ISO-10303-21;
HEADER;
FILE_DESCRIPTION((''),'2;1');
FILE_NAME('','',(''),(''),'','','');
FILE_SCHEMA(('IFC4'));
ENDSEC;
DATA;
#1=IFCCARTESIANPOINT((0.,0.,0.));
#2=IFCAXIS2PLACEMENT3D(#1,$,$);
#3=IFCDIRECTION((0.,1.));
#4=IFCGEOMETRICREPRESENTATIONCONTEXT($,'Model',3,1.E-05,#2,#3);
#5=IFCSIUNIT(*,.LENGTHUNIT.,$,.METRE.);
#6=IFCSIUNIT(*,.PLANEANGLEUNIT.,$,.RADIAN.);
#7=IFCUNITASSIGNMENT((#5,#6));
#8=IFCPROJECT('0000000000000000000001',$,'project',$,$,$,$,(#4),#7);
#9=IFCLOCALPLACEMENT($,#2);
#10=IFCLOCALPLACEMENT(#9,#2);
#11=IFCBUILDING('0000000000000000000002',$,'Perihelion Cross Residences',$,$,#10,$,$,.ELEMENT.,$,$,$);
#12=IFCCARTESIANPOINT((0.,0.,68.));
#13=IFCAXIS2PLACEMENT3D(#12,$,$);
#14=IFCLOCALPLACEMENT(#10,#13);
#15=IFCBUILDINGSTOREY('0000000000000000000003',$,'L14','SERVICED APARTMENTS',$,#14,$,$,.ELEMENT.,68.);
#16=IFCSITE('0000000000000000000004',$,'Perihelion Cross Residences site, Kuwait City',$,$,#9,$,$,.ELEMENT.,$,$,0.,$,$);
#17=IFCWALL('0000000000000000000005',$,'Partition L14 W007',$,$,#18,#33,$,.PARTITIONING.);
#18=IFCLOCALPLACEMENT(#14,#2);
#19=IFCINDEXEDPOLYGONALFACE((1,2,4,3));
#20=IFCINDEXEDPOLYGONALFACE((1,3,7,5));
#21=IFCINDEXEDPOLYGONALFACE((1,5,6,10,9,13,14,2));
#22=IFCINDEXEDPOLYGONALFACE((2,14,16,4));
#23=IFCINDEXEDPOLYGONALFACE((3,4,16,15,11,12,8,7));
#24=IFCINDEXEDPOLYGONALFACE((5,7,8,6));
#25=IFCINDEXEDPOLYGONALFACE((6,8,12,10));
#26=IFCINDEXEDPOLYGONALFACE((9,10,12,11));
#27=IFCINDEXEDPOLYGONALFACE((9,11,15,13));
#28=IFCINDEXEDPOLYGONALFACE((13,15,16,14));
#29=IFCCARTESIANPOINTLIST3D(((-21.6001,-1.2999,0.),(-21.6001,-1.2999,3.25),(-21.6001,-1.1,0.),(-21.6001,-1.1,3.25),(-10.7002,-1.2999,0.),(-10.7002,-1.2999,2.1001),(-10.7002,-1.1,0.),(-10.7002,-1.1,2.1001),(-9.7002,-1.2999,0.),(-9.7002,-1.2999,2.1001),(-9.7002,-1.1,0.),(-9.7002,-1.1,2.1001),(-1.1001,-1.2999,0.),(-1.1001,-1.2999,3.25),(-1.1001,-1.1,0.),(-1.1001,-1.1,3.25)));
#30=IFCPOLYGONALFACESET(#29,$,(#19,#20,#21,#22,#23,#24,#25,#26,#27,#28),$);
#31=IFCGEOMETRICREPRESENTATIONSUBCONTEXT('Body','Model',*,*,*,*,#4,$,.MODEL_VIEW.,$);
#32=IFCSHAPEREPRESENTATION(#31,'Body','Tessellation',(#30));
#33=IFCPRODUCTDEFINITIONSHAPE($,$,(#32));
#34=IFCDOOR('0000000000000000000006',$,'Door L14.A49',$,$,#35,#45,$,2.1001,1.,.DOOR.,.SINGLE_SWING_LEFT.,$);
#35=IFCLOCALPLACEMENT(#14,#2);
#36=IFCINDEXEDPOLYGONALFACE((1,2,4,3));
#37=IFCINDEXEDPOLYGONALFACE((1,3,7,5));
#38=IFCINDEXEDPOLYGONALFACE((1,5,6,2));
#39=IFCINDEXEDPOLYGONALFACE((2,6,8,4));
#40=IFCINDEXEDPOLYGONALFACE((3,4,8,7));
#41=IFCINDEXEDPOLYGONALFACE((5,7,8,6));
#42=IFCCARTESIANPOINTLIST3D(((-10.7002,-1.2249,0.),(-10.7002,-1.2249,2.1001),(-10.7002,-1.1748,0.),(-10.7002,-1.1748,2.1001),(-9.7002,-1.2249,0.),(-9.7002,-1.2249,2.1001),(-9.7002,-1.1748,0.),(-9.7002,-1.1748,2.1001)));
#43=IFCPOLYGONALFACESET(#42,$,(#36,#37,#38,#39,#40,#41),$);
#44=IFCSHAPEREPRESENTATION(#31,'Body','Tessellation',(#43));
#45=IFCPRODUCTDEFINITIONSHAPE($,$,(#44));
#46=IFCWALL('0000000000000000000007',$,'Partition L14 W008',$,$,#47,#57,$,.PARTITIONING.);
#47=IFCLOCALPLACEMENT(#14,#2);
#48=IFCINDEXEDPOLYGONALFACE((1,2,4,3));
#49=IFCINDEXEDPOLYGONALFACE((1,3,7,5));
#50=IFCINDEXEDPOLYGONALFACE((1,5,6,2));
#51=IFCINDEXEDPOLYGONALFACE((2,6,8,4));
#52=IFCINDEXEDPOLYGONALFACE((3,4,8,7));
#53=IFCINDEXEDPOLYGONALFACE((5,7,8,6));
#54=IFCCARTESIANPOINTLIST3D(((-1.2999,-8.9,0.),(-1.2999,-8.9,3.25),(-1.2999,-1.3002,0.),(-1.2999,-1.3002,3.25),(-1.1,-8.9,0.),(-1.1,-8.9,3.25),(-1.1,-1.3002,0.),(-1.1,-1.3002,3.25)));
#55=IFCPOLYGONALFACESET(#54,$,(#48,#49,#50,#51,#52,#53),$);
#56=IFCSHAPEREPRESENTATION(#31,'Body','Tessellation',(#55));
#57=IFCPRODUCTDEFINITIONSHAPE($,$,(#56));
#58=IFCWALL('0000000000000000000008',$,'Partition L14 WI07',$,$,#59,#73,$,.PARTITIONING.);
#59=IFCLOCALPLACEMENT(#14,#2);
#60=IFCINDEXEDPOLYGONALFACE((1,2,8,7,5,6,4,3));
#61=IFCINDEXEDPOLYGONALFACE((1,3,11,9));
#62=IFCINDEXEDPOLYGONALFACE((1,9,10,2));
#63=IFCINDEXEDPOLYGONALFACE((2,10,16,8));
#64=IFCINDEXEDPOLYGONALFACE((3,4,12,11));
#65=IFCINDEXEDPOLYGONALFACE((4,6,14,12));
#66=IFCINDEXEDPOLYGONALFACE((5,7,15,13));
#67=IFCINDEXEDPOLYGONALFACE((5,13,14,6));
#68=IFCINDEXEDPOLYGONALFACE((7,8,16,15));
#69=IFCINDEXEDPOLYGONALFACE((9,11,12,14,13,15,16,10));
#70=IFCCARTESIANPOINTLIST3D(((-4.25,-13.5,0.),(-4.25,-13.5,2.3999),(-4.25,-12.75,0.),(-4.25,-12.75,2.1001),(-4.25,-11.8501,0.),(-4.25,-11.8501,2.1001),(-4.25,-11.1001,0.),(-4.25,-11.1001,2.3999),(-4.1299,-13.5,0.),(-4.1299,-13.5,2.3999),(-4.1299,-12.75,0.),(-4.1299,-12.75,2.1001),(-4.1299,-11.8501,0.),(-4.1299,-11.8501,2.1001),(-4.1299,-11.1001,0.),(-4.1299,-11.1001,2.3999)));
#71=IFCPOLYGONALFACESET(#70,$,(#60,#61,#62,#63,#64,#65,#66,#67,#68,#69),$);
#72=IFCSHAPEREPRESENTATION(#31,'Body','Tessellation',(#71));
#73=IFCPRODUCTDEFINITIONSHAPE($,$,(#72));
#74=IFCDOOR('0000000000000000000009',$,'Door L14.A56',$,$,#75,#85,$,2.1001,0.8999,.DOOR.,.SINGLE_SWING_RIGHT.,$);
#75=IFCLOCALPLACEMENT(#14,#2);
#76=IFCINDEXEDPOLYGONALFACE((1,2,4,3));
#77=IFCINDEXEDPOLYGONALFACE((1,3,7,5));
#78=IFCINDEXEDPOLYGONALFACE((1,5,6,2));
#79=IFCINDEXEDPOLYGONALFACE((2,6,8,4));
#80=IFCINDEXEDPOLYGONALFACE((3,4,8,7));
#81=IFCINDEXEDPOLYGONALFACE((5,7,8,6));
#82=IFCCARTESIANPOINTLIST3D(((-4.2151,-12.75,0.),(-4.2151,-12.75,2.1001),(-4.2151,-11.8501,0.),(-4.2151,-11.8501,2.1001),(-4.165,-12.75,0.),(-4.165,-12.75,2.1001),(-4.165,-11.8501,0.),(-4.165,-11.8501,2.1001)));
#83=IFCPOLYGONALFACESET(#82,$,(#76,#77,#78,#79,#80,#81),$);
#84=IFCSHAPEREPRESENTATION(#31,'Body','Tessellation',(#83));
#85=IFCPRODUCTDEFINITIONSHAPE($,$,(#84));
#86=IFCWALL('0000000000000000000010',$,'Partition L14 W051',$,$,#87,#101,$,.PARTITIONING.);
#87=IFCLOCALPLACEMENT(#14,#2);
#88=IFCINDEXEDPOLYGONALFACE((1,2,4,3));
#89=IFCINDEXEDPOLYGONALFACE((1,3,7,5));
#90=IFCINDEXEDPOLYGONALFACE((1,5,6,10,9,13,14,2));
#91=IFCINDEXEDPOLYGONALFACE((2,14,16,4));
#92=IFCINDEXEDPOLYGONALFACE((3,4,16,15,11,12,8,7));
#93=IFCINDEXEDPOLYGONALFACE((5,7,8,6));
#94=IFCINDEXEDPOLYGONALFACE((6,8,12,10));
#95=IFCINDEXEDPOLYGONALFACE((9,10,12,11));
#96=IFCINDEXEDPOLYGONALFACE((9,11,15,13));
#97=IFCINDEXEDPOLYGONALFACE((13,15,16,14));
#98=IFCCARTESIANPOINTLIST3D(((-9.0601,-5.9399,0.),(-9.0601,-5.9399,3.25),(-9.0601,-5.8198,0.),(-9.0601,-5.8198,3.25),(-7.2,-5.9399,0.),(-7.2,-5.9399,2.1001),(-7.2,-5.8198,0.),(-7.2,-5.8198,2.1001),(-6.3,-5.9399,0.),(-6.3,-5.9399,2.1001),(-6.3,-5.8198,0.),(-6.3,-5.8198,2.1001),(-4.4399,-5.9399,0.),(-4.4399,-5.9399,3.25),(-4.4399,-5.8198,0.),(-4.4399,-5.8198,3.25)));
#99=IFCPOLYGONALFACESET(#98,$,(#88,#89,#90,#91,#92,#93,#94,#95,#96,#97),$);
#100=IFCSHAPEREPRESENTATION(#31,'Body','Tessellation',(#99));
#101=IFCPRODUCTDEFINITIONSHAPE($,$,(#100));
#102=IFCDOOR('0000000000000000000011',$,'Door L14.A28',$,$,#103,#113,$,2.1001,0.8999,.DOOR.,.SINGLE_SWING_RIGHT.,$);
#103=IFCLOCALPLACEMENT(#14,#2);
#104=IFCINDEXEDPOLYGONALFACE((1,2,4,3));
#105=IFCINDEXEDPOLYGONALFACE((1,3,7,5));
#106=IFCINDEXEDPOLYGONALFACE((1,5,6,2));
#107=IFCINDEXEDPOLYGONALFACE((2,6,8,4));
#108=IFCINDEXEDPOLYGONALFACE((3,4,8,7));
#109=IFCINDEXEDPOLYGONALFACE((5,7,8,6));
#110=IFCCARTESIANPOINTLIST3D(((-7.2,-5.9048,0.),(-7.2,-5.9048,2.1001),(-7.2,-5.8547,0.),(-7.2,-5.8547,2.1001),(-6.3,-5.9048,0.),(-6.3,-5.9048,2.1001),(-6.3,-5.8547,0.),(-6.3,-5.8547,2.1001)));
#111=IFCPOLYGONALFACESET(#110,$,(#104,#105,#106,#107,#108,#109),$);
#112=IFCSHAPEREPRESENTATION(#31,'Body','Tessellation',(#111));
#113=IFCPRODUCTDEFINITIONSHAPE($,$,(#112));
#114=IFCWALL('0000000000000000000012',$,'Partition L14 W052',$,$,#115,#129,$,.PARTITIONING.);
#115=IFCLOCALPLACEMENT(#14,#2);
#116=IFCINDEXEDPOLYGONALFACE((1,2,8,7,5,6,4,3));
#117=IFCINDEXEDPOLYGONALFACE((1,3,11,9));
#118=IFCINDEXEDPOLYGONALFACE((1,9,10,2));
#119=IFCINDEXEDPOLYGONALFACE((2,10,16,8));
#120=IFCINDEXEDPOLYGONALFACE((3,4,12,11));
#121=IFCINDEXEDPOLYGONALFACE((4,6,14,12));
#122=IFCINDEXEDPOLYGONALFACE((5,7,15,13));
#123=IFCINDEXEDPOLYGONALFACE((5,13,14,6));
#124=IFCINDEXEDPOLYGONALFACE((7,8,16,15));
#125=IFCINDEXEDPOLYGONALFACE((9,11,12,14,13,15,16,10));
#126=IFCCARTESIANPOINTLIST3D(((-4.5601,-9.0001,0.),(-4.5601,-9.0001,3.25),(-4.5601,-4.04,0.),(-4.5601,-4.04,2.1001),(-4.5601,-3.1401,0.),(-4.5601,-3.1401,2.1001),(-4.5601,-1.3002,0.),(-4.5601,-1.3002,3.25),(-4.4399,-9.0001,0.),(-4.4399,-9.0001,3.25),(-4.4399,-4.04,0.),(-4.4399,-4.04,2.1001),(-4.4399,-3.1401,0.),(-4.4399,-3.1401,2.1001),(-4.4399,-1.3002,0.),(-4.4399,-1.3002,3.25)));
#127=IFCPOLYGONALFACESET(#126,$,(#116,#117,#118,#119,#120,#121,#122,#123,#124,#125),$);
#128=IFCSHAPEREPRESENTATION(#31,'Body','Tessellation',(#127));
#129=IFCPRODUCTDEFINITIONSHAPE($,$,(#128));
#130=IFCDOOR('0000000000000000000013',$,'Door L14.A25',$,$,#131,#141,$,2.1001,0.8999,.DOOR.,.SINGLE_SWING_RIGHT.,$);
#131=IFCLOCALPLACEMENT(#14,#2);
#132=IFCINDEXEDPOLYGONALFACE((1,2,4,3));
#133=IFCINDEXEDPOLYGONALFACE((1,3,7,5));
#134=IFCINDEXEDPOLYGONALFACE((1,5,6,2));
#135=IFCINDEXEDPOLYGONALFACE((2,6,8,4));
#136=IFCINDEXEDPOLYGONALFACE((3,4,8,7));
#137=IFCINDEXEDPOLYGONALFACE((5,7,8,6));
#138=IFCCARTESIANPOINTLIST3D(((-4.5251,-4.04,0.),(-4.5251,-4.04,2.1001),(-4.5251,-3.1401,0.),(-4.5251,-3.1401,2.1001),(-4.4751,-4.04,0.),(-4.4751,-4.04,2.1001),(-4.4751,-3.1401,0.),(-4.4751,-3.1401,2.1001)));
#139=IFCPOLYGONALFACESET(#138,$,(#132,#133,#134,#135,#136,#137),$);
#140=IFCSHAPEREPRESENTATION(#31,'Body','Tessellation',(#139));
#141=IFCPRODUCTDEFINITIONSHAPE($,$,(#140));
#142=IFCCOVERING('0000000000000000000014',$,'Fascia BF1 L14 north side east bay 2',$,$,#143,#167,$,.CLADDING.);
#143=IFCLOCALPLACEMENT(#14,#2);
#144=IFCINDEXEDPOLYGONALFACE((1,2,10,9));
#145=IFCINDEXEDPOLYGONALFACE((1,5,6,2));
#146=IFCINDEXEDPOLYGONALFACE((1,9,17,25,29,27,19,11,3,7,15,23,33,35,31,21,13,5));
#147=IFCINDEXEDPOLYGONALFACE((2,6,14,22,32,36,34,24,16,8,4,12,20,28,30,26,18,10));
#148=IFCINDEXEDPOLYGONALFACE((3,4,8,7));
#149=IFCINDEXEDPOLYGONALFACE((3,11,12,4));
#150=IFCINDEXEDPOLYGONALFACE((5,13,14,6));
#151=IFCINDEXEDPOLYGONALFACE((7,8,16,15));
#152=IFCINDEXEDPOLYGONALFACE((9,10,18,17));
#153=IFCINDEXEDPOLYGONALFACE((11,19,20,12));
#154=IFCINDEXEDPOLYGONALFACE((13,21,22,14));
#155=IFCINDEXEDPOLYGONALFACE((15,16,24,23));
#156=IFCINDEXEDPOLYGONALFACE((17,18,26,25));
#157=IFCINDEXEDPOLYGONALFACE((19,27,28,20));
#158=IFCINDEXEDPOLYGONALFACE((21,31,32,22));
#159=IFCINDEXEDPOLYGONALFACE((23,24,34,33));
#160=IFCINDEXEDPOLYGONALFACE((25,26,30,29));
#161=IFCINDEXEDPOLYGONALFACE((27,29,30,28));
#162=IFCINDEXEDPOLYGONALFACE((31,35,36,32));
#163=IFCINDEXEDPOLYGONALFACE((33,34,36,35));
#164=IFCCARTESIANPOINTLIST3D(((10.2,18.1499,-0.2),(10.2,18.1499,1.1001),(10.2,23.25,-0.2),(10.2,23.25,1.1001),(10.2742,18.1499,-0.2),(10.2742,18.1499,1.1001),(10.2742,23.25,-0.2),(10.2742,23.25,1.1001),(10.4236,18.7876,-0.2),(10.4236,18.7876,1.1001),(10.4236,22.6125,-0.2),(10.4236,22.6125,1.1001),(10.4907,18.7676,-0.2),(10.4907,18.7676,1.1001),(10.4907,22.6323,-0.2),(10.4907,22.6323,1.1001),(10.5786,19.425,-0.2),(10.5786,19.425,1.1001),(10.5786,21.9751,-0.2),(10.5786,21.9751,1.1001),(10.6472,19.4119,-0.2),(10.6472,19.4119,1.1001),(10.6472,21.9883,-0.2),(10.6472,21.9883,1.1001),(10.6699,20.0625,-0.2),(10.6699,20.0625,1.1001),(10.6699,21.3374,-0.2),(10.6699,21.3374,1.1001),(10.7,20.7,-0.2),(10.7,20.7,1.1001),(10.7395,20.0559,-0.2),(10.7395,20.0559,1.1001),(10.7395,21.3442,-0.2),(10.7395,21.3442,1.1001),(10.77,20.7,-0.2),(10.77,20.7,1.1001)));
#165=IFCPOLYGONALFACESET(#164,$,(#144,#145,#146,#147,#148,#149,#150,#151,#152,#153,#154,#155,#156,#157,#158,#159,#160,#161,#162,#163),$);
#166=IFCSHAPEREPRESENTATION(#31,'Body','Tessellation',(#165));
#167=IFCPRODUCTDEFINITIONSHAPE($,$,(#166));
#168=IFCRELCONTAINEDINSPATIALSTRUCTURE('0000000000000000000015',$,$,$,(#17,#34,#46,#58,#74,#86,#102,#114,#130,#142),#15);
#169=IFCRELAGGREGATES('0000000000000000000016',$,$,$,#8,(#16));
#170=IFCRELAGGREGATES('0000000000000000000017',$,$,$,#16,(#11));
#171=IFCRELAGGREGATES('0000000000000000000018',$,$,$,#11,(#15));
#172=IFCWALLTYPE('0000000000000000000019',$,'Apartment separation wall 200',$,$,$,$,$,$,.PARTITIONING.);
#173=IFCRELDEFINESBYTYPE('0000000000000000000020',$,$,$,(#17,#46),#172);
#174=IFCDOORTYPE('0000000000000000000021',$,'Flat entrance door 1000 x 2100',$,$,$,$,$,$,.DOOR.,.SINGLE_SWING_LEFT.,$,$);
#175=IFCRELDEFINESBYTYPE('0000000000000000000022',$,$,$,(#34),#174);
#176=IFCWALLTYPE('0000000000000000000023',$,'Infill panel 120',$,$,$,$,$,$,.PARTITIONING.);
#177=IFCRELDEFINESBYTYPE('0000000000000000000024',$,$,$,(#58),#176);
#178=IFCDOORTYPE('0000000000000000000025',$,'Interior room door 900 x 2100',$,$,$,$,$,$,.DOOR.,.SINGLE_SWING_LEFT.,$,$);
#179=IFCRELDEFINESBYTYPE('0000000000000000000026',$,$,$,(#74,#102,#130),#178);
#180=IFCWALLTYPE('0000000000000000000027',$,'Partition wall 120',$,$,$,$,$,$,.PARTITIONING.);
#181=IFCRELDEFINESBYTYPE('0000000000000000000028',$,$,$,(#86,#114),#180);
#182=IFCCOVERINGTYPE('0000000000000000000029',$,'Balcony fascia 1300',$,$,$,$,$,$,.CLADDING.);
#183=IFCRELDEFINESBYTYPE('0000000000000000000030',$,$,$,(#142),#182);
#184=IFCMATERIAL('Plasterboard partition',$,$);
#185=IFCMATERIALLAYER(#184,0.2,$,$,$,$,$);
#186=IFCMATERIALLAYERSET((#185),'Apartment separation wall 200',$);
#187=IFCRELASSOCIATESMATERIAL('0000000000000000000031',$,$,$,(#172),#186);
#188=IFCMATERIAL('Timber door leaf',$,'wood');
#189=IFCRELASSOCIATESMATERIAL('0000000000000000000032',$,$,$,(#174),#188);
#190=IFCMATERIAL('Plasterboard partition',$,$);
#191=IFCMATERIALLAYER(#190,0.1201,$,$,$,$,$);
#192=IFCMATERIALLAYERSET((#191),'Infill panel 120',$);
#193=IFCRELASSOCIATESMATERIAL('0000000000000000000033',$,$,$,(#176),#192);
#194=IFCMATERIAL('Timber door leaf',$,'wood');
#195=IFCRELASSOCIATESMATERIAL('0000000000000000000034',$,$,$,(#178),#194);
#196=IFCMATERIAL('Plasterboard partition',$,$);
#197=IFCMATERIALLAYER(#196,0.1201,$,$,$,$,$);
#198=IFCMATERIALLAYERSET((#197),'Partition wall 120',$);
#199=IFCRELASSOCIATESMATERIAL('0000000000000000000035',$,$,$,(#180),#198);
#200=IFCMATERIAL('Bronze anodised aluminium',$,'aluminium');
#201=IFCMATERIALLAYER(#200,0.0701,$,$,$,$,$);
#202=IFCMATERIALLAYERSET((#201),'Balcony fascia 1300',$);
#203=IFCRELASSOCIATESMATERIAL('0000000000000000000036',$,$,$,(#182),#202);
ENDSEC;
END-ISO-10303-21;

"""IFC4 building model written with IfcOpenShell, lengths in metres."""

from ifc_helpers import new_model, si_unit, direction, frame, frame_2d, origin, place, context, subcontext, project, spatial, polyline, rectangle, outline, extrude, material, layer, layer_set, type_object, element, fill, save


model = new_model("IFC4")

# Units and contexts
model_context = context("Model", 3, precision=1e-05, world=origin(), true_north=direction((0.0, 1.0)))
body_context = subcontext(model_context, "Body", "Model", "MODEL_VIEW")
ifc_project = project(units=[si_unit("LENGTHUNIT", "METRE"), si_unit("PLANEANGLEUNIT", "RADIAN")], contexts=[model_context])

# Site, building, storey
site_placement = place(None, origin())
site = spatial("IfcSite", under=ifc_project, at=site_placement, Name="Perihelion Cross Residences site, Kuwait City", CompositionType="ELEMENT", RefElevation=0.0)
building_placement = place(site_placement, origin())
building = spatial("IfcBuilding", under=site, at=building_placement, Name="Perihelion Cross Residences", CompositionType="ELEMENT")
storey_placement = place(building_placement, frame((0.0, 0.0, 68.0)))
storey = spatial("IfcBuildingStorey", under=building, at=storey_placement, Name="L14", Description="SERVICED APARTMENTS", CompositionType="ELEMENT", Elevation=68.0)

# Wall, opening, door
ifc_material_1 = material(Name="Plasterboard partition")
ifc_layer_1 = layer(ifc_material_1, 0.2)
ifc_layer_set_1 = layer_set([ifc_layer_1], Name="Apartment separation wall 200")
wall_type_1 = type_object("IfcWallType", Name="Apartment separation wall 200", PredefinedType="PARTITIONING", material=ifc_layer_set_1)
wall_1_placement = place(storey_placement, frame((-1.1001, -1.2, 0.0), z_axis=(0.0, 0.0, 1.0), x_axis=(-1.0, 0.0, 0.0)))
wall_1 = element("IfcWall", 1, at=wall_1_placement, inside=storey, type_object=wall_type_1, Name="Partition L14 W007", PredefinedType="PARTITIONING", context=body_context, shape_type="SweptSolid", body=[
    extrude(rectangle(XDim=20.5, YDim=0.2, at=frame_2d((10.25, 0.0))), origin(), (0.0, 0.0, 1.0), 3.25),
])
opening_1_placement = place(wall_1_placement, frame((8.6001, 0.0, 0.0)))
opening_1 = element("IfcOpeningElement", 2, at=opening_1_placement, cuts=wall_1, PredefinedType="OPENING", context=body_context, shape_type="SweptSolid", body=[
    extrude(rectangle(XDim=1.0, YDim=2.1001, at=frame_2d((0.5, 1.05))), frame((0.0, 0.1099, 0.0), z_axis=(0.0, -1.0, 0.0), x_axis=(1.0, 0.0, 0.0)), (0.0, 0.0, 1.0), 0.22),
])
ifc_material_2 = material(Name="Timber door leaf", Category="wood")
door_type_1 = type_object("IfcDoorType", Name="Flat entrance door 1000 x 2100", OperationType="SINGLE_SWING_LEFT", PredefinedType="DOOR", material=ifc_material_2)
door_1_placement = place(opening_1_placement, origin())
door_1 = element("IfcDoor", 3, at=door_1_placement, inside=storey, type_object=door_type_1, Name="Door L14.A49", OperationType="SINGLE_SWING_LEFT", OverallHeight=2.1001, OverallWidth=1.0, PredefinedType="DOOR", context=body_context, shape_type="SweptSolid", body=[
    extrude(rectangle(XDim=1.0, YDim=2.1001, at=frame_2d((0.5, 1.05))), frame((0.0, 0.0249, 0.0), z_axis=(0.0, -1.0, 0.0), x_axis=(1.0, 0.0, 0.0)), (0.0, 0.0, 1.0), 0.05),
])
fill(opening_1, door_1)

# Wall
wall_2_placement = place(storey_placement, frame((-1.2, -8.8999, 0.0), z_axis=(0.0, 0.0, 1.0), x_axis=(0.0, 1.0, 0.0)))
element("IfcWall", 4, at=wall_2_placement, inside=storey, type_object=wall_type_1, Name="Partition L14 W008", PredefinedType="PARTITIONING", context=body_context, shape_type="SweptSolid", body=[
    extrude(rectangle(XDim=7.5999, YDim=0.2, at=frame_2d((3.7998, 0.0))), origin(), (0.0, 0.0, 1.0), 3.25),
])

# Walls, openings, doors
ifc_material_3 = material(Name="Plasterboard partition")
ifc_layer_2 = layer(ifc_material_3, 0.1201)
ifc_layer_set_2 = layer_set([ifc_layer_2], Name="Infill panel 120")
wall_type_2 = type_object("IfcWallType", Name="Infill panel 120", PredefinedType="PARTITIONING", material=ifc_layer_set_2)
wall_3_placement = place(storey_placement, frame((-4.1899, -11.1001, 0.0), z_axis=(0.0, 0.0, 1.0), x_axis=(0.0, -1.0, 0.0)))
wall_3 = element("IfcWall", 5, at=wall_3_placement, inside=storey, type_object=wall_type_2, Name="Partition L14 WI07", PredefinedType="PARTITIONING", context=body_context, shape_type="SweptSolid", body=[
    extrude(rectangle(XDim=2.3999, YDim=0.1201, at=frame_2d((1.2, 0.0))), origin(), (0.0, 0.0, 1.0), 2.3999),
])
opening_2_placement = place(wall_3_placement, frame((0.75, 0.0, 0.0)))
opening_2 = element("IfcOpeningElement", 6, at=opening_2_placement, cuts=wall_3, PredefinedType="OPENING", context=body_context, shape_type="SweptSolid", body=[
    extrude(rectangle(XDim=0.8999, YDim=2.1001, at=frame_2d((0.45, 1.05))), frame((0.0, 0.0701, 0.0), z_axis=(0.0, -1.0, 0.0), x_axis=(1.0, 0.0, 0.0)), (0.0, 0.0, 1.0), 0.1401),
])
ifc_material_4 = material(Name="Timber door leaf", Category="wood")
door_type_2 = type_object("IfcDoorType", Name="Interior room door 900 x 2100", OperationType="SINGLE_SWING_LEFT", PredefinedType="DOOR", material=ifc_material_4)
door_2_placement = place(opening_2_placement, origin())
door_2 = element("IfcDoor", 7, at=door_2_placement, inside=storey, type_object=door_type_2, Name="Door L14.A56", OperationType="SINGLE_SWING_RIGHT", OverallHeight=2.1001, OverallWidth=0.8999, PredefinedType="DOOR", context=body_context, shape_type="SweptSolid", body=[
    extrude(rectangle(XDim=0.8999, YDim=2.1001, at=frame_2d((0.45, 1.05))), frame((0.0, 0.0249, 0.0), z_axis=(0.0, -1.0, 0.0), x_axis=(1.0, 0.0, 0.0)), (0.0, 0.0, 1.0), 0.05),
])
fill(opening_2, door_2)
ifc_material_5 = material(Name="Plasterboard partition")
ifc_layer_3 = layer(ifc_material_5, 0.1201)
ifc_layer_set_3 = layer_set([ifc_layer_3], Name="Partition wall 120")
wall_type_3 = type_object("IfcWallType", Name="Partition wall 120", PredefinedType="PARTITIONING", material=ifc_layer_set_3)
wall_4_placement = place(storey_placement, frame((-4.4399, -5.8799, 0.0), z_axis=(0.0, 0.0, 1.0), x_axis=(-1.0, 0.0, 0.0)))
wall_4 = element("IfcWall", 8, at=wall_4_placement, inside=storey, type_object=wall_type_3, Name="Partition L14 W051", PredefinedType="PARTITIONING", context=body_context, shape_type="SweptSolid", body=[
    extrude(rectangle(XDim=4.6201, YDim=0.1201, at=frame_2d((2.3101, 0.0))), origin(), (0.0, 0.0, 1.0), 3.25),
])
opening_3_placement = place(wall_4_placement, frame((1.8601, 0.0, 0.0)))
opening_3 = element("IfcOpeningElement", 9, at=opening_3_placement, cuts=wall_4, PredefinedType="OPENING", context=body_context, shape_type="SweptSolid", body=[
    extrude(rectangle(XDim=0.8999, YDim=2.1001, at=frame_2d((0.45, 1.05))), frame((0.0, 0.0701, 0.0), z_axis=(0.0, -1.0, 0.0), x_axis=(1.0, 0.0, 0.0)), (0.0, 0.0, 1.0), 0.1401),
])
door_3_placement = place(opening_3_placement, origin())
door_3 = element("IfcDoor", 10, at=door_3_placement, inside=storey, type_object=door_type_2, Name="Door L14.A28", OperationType="SINGLE_SWING_RIGHT", OverallHeight=2.1001, OverallWidth=0.8999, PredefinedType="DOOR", context=body_context, shape_type="SweptSolid", body=[
    extrude(rectangle(XDim=0.8999, YDim=2.1001, at=frame_2d((0.45, 1.05))), frame((0.0, 0.0249, 0.0), z_axis=(0.0, -1.0, 0.0), x_axis=(1.0, 0.0, 0.0)), (0.0, 0.0, 1.0), 0.05),
])
fill(opening_3, door_3)
wall_5_placement = place(storey_placement, frame((-4.5, -1.3, 0.0), z_axis=(0.0, 0.0, 1.0), x_axis=(0.0, -1.0, 0.0)))
wall_5 = element("IfcWall", 11, at=wall_5_placement, inside=storey, type_object=wall_type_3, Name="Partition L14 W052", PredefinedType="PARTITIONING", context=body_context, shape_type="SweptSolid", body=[
    extrude(rectangle(XDim=7.7, YDim=0.1201, at=frame_2d((3.8501, 0.0))), origin(), (0.0, 0.0, 1.0), 3.25),
])
opening_4_placement = place(wall_5_placement, frame((1.8401, 0.0, 0.0)))
opening_4 = element("IfcOpeningElement", 12, at=opening_4_placement, cuts=wall_5, PredefinedType="OPENING", context=body_context, shape_type="SweptSolid", body=[
    extrude(rectangle(XDim=0.8999, YDim=2.1001, at=frame_2d((0.45, 1.05))), frame((0.0, 0.0701, 0.0), z_axis=(0.0, -1.0, 0.0), x_axis=(1.0, 0.0, 0.0)), (0.0, 0.0, 1.0), 0.1401),
])
door_4_placement = place(opening_4_placement, origin())
door_4 = element("IfcDoor", 13, at=door_4_placement, inside=storey, type_object=door_type_2, Name="Door L14.A25", OperationType="SINGLE_SWING_RIGHT", OverallHeight=2.1001, OverallWidth=0.8999, PredefinedType="DOOR", context=body_context, shape_type="SweptSolid", body=[
    extrude(rectangle(XDim=0.8999, YDim=2.1001, at=frame_2d((0.45, 1.05))), frame((0.0, 0.0249, 0.0), z_axis=(0.0, -1.0, 0.0), x_axis=(1.0, 0.0, 0.0)), (0.0, 0.0, 1.0), 0.05),
])
fill(opening_4, door_4)

# Covering
ifc_material_6 = material(Name="Bronze anodised aluminium", Category="aluminium")
ifc_layer_4 = layer(ifc_material_6, 0.0701)
ifc_layer_set_4 = layer_set([ifc_layer_4], Name="Balcony fascia 1300")
covering_type = type_object("IfcCoveringType", Name="Balcony fascia 1300", PredefinedType="CLADDING", material=ifc_layer_set_4)
covering_1_placement = place(storey_placement, frame((0.0, 0.0, -0.2)))
element("IfcCovering", 14, at=covering_1_placement, inside=storey, type_object=covering_type, Name="Fascia BF1 L14 north side east bay 2", PredefinedType="CLADDING", context=body_context, shape_type="SweptSolid", body=[
    extrude(outline(polyline([(10.4907, 18.7676), (10.6472, 19.4119), (10.7395, 20.0559), (10.77, 20.7), (10.7395, 21.3442), (10.6472, 21.9883), (10.4907, 22.6323), (10.2742, 23.25), (10.2, 23.25), (10.4236, 22.6125), (10.5786, 21.9751), (10.6699, 21.3374), (10.7, 20.7), (10.6699, 20.0625), (10.5786, 19.425), (10.4236, 18.7876), (10.2, 18.1499), (10.2742, 18.1499), (10.4907, 18.7676)])), origin(), (0.0, 0.0, 1.0), 1.3),
])

save(model, "model.ifc")
